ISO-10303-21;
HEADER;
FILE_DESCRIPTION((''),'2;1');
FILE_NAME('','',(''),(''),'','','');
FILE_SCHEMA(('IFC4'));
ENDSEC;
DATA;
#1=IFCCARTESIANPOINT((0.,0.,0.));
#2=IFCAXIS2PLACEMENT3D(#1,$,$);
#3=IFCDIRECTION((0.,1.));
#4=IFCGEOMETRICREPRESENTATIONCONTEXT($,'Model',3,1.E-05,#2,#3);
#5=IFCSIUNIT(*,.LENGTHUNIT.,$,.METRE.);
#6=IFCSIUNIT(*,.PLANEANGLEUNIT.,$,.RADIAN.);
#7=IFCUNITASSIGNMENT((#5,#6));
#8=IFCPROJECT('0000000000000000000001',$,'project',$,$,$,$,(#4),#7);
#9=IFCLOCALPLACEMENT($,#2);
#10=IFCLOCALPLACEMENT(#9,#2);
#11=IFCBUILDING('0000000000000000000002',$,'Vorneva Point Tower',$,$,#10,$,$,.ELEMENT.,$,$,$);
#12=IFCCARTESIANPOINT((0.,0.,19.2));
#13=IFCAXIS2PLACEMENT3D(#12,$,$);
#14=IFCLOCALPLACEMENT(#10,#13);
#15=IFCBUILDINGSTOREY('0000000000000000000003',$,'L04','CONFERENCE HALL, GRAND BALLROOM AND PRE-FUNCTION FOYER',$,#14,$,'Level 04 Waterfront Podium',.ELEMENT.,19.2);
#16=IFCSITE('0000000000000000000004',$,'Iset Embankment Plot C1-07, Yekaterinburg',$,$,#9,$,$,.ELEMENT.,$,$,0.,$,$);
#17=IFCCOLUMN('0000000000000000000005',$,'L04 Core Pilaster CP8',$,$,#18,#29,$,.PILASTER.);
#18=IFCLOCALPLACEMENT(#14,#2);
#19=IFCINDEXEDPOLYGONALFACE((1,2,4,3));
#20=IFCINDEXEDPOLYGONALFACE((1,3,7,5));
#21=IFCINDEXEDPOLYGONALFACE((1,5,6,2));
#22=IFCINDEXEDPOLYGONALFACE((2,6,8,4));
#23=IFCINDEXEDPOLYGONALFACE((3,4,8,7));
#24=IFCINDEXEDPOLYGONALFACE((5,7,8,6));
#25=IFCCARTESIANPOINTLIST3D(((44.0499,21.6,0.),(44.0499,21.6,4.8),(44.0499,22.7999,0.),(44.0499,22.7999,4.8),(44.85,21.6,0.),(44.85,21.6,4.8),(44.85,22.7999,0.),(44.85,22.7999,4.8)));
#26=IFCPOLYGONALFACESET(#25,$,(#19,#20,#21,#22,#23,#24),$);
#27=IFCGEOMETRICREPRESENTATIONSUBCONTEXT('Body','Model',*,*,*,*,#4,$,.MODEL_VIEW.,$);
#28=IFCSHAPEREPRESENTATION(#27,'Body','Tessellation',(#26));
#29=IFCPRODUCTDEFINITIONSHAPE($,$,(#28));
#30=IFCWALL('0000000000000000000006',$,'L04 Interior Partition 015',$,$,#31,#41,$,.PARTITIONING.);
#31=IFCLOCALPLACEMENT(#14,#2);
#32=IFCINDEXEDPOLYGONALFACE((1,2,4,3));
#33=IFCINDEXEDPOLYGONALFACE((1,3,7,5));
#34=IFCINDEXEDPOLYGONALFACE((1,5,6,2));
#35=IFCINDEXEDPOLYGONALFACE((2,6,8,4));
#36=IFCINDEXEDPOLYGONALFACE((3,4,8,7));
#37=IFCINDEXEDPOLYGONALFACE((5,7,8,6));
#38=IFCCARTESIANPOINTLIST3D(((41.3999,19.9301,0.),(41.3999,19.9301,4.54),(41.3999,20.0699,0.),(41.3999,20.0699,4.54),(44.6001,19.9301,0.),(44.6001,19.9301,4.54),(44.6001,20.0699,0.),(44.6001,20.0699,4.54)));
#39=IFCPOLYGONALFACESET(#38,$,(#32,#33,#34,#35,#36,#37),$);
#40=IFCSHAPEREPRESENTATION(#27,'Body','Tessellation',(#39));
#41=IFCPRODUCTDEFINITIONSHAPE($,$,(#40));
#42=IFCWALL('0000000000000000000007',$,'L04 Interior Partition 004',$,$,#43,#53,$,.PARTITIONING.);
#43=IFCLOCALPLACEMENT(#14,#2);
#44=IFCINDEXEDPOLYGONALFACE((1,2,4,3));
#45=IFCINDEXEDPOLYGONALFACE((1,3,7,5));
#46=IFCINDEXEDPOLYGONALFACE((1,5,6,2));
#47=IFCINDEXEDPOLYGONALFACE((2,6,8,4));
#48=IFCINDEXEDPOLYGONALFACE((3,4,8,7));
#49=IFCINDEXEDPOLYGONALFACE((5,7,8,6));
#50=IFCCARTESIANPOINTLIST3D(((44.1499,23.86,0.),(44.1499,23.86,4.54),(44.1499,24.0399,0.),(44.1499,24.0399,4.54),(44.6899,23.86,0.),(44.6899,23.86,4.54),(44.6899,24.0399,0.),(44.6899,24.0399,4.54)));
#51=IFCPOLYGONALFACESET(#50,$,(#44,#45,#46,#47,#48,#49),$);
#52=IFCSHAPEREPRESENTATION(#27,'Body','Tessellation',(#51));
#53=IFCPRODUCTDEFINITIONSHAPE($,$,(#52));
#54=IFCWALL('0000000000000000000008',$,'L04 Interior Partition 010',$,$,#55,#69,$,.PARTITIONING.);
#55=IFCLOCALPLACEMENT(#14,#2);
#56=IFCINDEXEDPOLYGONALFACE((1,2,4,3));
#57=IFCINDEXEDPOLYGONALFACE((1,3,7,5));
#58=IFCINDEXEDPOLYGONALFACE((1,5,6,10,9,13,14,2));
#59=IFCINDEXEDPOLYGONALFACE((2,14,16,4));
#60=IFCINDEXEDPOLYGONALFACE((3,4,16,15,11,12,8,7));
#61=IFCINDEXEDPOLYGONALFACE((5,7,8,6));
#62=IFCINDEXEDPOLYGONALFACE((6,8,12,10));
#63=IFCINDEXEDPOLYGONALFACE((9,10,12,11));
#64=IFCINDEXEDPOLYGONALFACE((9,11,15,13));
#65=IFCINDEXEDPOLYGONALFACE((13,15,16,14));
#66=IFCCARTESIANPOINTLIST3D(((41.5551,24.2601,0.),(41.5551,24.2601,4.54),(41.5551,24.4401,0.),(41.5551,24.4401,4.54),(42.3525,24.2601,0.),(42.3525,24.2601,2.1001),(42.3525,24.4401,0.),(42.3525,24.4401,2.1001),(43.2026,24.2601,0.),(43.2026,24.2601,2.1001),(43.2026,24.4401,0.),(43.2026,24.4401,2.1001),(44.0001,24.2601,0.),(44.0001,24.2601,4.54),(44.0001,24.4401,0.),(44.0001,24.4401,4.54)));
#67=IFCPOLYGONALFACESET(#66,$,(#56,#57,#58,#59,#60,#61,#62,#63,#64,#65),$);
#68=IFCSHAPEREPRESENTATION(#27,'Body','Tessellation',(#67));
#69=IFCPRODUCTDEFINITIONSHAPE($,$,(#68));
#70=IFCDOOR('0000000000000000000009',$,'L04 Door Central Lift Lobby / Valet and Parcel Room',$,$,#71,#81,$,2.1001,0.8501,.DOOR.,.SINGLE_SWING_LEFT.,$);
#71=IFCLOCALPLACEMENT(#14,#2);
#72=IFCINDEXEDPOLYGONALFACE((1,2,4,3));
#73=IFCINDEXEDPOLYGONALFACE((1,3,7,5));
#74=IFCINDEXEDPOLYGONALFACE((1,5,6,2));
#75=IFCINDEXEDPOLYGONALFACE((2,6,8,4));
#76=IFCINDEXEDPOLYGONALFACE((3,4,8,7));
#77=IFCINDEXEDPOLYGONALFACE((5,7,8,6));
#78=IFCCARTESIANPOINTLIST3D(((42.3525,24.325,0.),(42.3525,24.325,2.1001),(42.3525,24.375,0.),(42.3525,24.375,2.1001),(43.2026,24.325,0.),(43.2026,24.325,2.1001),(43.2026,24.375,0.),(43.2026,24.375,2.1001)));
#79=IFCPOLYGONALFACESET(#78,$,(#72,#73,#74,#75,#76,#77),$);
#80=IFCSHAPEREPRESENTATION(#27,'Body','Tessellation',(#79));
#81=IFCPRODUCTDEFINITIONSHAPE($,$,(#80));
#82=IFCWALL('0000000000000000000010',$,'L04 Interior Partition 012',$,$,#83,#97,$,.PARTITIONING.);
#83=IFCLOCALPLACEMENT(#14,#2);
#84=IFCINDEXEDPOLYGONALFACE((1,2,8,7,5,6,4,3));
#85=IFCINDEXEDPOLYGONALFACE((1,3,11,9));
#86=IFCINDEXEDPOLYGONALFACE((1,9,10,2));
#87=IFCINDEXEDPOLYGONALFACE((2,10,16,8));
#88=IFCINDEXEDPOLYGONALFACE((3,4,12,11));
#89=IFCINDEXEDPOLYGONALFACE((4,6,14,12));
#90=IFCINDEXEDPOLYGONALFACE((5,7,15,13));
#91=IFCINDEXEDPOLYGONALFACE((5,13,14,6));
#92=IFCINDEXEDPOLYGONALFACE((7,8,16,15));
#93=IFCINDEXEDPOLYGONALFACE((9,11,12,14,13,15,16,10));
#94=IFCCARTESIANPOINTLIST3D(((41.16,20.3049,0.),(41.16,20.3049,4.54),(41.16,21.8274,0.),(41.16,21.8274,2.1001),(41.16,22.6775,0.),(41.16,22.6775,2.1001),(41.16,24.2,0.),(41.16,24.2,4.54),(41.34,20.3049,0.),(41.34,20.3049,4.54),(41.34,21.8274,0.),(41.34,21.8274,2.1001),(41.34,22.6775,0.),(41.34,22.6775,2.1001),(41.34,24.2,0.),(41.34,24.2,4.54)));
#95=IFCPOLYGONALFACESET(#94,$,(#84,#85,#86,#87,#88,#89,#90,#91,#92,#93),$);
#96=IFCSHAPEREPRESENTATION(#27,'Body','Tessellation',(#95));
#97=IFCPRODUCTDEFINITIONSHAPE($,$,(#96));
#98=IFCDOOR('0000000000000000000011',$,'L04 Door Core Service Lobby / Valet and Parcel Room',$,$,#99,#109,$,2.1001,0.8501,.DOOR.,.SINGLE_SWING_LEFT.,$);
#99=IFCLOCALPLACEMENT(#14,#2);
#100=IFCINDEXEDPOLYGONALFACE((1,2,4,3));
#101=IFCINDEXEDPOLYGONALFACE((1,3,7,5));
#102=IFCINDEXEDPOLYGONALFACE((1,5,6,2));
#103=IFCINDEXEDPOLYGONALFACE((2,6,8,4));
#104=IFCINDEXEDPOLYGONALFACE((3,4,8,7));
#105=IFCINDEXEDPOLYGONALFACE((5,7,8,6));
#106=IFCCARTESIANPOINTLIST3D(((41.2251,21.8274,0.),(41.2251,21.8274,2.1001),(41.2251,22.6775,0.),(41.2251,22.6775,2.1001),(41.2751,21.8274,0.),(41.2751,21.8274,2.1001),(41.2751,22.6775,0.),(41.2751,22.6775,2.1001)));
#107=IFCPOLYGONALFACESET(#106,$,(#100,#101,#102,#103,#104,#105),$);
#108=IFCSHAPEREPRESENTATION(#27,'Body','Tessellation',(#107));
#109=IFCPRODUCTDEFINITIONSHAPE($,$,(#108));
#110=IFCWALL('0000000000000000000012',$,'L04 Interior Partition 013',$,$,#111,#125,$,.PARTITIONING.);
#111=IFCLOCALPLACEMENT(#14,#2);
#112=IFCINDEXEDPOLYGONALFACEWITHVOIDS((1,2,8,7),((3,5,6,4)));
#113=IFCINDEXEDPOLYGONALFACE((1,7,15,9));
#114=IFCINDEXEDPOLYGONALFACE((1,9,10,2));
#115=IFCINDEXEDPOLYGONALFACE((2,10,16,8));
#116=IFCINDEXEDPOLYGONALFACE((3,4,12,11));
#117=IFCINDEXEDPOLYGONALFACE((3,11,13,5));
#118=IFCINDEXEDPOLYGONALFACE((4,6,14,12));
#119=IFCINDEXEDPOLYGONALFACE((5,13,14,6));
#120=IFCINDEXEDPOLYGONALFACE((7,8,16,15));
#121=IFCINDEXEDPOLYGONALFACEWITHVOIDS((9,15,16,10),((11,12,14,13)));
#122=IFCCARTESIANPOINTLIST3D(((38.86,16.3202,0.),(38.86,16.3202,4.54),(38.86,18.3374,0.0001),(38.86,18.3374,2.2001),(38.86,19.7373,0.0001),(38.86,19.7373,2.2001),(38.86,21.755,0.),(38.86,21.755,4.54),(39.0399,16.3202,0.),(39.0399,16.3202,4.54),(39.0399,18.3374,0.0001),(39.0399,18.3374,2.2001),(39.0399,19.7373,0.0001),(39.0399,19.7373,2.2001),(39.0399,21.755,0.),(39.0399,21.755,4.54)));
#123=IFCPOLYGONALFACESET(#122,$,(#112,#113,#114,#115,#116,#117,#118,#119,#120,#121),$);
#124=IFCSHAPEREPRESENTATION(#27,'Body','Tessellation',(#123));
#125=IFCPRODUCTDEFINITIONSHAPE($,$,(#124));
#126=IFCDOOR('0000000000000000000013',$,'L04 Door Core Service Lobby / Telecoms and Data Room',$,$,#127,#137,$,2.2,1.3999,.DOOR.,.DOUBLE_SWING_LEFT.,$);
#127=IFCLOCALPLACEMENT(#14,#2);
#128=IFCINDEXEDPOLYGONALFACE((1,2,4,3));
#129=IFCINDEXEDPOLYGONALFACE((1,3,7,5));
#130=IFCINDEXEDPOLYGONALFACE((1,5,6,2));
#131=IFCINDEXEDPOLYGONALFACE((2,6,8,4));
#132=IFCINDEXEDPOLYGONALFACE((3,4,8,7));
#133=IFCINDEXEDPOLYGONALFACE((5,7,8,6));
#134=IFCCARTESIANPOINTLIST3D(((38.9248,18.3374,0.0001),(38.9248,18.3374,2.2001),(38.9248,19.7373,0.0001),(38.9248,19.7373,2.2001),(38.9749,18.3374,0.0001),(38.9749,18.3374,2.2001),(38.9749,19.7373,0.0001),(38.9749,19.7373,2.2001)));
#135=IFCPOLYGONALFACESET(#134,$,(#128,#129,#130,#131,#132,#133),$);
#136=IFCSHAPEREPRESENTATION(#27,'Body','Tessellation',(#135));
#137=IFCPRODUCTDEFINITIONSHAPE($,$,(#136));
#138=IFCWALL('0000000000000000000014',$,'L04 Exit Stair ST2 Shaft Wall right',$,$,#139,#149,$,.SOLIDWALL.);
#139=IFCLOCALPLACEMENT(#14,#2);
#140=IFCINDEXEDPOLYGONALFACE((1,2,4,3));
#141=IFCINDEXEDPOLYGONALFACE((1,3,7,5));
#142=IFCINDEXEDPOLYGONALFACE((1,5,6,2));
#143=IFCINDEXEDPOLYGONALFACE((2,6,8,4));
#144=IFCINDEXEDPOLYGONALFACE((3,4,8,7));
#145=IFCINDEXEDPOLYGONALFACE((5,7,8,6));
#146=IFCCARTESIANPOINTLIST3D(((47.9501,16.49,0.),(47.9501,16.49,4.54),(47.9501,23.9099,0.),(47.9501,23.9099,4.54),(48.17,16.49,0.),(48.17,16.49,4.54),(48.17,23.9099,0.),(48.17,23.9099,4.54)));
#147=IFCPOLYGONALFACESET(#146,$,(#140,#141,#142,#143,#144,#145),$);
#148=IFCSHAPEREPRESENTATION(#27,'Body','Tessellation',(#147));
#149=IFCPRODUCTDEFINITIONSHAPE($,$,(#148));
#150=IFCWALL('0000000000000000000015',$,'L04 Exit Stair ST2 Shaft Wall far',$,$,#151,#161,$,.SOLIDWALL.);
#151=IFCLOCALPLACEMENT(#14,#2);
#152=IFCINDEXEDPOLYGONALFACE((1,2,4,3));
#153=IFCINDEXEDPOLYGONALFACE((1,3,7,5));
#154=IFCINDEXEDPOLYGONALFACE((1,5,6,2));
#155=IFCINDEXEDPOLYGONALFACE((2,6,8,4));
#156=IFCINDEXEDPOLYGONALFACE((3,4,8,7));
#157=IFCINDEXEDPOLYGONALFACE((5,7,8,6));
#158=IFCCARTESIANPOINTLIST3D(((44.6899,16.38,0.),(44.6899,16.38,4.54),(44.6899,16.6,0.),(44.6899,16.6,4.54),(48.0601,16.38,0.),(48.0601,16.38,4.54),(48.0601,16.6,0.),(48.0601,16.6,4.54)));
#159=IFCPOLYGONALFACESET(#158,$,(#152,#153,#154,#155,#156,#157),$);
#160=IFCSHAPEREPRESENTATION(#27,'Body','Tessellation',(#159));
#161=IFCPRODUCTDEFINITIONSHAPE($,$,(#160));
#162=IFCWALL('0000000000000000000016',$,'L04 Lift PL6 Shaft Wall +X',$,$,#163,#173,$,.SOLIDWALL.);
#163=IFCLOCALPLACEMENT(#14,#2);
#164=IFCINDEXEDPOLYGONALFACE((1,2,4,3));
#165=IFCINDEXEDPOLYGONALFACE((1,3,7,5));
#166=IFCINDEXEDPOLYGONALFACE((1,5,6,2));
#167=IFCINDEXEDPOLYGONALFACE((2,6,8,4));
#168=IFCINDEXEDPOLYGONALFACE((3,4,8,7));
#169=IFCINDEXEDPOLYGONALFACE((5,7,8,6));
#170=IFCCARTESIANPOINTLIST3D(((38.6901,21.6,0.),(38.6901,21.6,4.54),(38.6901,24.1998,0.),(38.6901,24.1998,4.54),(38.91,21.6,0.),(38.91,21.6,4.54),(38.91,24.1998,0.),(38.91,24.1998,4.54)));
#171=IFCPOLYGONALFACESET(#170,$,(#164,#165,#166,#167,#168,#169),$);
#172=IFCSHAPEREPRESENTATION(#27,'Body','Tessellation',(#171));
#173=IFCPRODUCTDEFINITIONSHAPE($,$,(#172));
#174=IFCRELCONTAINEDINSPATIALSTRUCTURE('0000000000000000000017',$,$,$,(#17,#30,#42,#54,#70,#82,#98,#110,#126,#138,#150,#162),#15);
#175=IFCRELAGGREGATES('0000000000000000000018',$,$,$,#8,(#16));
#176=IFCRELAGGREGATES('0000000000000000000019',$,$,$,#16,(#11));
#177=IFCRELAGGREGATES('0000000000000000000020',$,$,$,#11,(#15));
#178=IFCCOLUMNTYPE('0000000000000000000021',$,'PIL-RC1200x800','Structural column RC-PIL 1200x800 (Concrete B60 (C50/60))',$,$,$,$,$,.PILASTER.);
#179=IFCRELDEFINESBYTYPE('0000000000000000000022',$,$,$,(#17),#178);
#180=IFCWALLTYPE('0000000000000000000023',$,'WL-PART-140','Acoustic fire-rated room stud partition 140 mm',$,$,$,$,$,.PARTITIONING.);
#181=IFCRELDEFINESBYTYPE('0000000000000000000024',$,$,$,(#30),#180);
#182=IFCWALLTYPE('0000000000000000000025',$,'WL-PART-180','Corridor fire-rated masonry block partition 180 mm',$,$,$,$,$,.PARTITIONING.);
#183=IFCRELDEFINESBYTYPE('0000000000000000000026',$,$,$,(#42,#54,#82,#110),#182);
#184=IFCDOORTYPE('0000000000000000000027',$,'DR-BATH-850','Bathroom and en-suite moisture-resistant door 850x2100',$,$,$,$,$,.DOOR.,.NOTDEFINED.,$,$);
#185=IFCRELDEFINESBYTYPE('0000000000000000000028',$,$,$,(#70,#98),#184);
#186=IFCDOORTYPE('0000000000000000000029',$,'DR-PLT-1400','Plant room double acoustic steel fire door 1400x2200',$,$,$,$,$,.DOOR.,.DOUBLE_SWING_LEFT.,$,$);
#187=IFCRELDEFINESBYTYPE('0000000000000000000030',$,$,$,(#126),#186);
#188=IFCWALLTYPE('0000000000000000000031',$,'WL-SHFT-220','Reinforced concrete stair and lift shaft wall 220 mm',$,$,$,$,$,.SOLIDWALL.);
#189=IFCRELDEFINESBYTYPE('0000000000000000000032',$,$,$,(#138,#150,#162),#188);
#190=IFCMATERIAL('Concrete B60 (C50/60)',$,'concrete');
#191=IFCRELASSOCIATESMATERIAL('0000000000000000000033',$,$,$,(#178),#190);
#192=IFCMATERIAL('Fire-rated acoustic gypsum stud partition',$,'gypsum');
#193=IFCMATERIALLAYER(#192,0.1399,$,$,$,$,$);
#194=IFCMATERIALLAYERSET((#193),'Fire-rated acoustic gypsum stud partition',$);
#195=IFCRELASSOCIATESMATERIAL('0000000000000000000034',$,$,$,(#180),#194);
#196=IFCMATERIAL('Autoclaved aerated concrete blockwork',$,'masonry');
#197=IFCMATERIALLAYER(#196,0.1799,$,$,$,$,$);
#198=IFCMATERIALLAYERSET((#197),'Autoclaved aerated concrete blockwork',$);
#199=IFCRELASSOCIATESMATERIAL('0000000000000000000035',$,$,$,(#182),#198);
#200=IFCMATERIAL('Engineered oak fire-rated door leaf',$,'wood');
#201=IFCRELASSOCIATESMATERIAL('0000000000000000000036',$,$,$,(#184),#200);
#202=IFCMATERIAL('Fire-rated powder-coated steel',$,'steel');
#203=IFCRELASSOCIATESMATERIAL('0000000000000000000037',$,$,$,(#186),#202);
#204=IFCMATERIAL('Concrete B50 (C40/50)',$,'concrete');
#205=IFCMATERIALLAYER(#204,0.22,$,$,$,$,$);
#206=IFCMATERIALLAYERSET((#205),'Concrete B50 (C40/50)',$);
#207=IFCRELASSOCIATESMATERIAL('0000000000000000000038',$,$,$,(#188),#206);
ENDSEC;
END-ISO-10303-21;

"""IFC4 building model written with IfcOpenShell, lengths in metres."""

from ifc_helpers import new_model, si_unit, direction, frame, frame_2d, origin, origin_2d, place, context, subcontext, project, spatial, rectangle, extrude, material, layer, layer_set, material_profile, profile_set, type_object, element, fill, save


model = new_model("IFC4")

# Units and contexts
model_context = context("Model", 3, precision=1e-05, world=origin(), true_north=direction((0.0, 1.0)))
body_context = subcontext(model_context, "Body", "Model", "MODEL_VIEW")
ifc_project = project(units=[si_unit("LENGTHUNIT", "METRE"), si_unit("PLANEANGLEUNIT", "RADIAN")], contexts=[model_context])

# Site, building, storey
site_placement = place(None, origin())
site = spatial("IfcSite", under=ifc_project, at=site_placement, Name="Iset Embankment Plot C1-07, Yekaterinburg", CompositionType="ELEMENT", RefElevation=0.0)
building_placement = place(site_placement, origin())
building = spatial("IfcBuilding", under=site, at=building_placement, Name="Vorneva Point Tower", CompositionType="ELEMENT")
storey_placement = place(building_placement, frame((0.0, 0.0, 19.2)))
storey = spatial("IfcBuildingStorey", under=building, at=storey_placement, Name="L04", Description="CONFERENCE HALL, GRAND BALLROOM AND PRE-FUNCTION FOYER", LongName="Level 04 Waterfront Podium", CompositionType="ELEMENT", Elevation=19.2)

# Column
ifc_material_1 = material(Name="Concrete B60 (C50/60)", Category="concrete")
ifc_material_profile = material_profile(ifc_material_1, rectangle(XDim=0.8, YDim=1.2, at=origin_2d()), Name="RC-PIL 1200x800")
ifc_profile_set = profile_set([ifc_material_profile], Name="Concrete B60 (C50/60)")
column_type = type_object("IfcColumnType", Name="PIL-RC1200x800", Description="Structural column RC-PIL 1200x800 (Concrete B60 (C50/60))", PredefinedType="PILASTER", material=ifc_profile_set)
column_placement = place(storey_placement, frame((44.45, 22.2, 0.0), z_axis=(0.0, 0.0, 1.0), x_axis=(1.0, 0.0, 0.0)))
element("IfcColumn", 1, at=column_placement, inside=storey, type_object=column_type, Name="L04 Core Pilaster CP8", PredefinedType="PILASTER", context=body_context, shape_type="SweptSolid", body=[
    extrude(rectangle(XDim=0.8, YDim=1.2, at=origin_2d()), origin(), (0.0, 0.0, 1.0), 4.8),
])

# Walls
ifc_material_2 = material(Name="Fire-rated acoustic gypsum stud partition", Category="gypsum")
ifc_layer_1 = layer(ifc_material_2, 0.1399)
ifc_layer_set_1 = layer_set([ifc_layer_1], Name="Fire-rated acoustic gypsum stud partition")
wall_type_1 = type_object("IfcWallType", Name="WL-PART-140", Description="Acoustic fire-rated room stud partition 140 mm", PredefinedType="PARTITIONING", material=ifc_layer_set_1)
wall_1_placement = place(storey_placement, frame((44.6001, 20.0, 0.0), z_axis=(0.0, 0.0, 1.0), x_axis=(-1.0, 0.0, 0.0)))
element("IfcWall", 2, at=wall_1_placement, inside=storey, type_object=wall_type_1, Name="L04 Interior Partition 015", PredefinedType="PARTITIONING", context=body_context, shape_type="SweptSolid", body=[
    extrude(rectangle(XDim=3.2002, YDim=0.1399, at=frame_2d((1.6001, 0.0))), origin(), (0.0, 0.0, 1.0), 4.54),
])
ifc_material_3 = material(Name="Autoclaved aerated concrete blockwork", Category="masonry")
ifc_layer_2 = layer(ifc_material_3, 0.1799)
ifc_layer_set_2 = layer_set([ifc_layer_2], Name="Autoclaved aerated concrete blockwork")
wall_type_2 = type_object("IfcWallType", Name="WL-PART-180", Description="Corridor fire-rated masonry block partition 180 mm", PredefinedType="PARTITIONING", material=ifc_layer_set_2)
wall_2_placement = place(storey_placement, frame((44.1499, 23.95, 0.0), z_axis=(0.0, 0.0, 1.0), x_axis=(1.0, 0.0, 0.0)))
element("IfcWall", 3, at=wall_2_placement, inside=storey, type_object=wall_type_2, Name="L04 Interior Partition 004", PredefinedType="PARTITIONING", context=body_context, shape_type="SweptSolid", body=[
    extrude(rectangle(XDim=0.54, YDim=0.1799, at=frame_2d((0.27, 0.0))), origin(), (0.0, 0.0, 1.0), 4.54),
])

# Walls, openings, doors
ifc_material_4 = material(Name="Fire-rated powder-coated steel", Category="steel")
wall_3_placement = place(storey_placement, frame((41.5549, 24.3501, 0.0), z_axis=(0.0, 0.0, 1.0), x_axis=(1.0, 0.0, 0.0)))
wall_3 = element("IfcWall", 4, at=wall_3_placement, inside=storey, type_object=wall_type_2, Name="L04 Interior Partition 010", PredefinedType="PARTITIONING", context=body_context, shape_type="SweptSolid", body=[
    extrude(rectangle(XDim=2.4451, YDim=0.1799, at=frame_2d((1.2227, 0.0))), origin(), (0.0, 0.0, 1.0), 4.54),
])
opening_1_placement = place(wall_3_placement, frame((0.7976, 0.0, 0.0)))
opening_1 = element("IfcOpeningElement", 5, at=opening_1_placement, cuts=wall_3, PredefinedType="OPENING", context=body_context, shape_type="SweptSolid", body=[
    extrude(rectangle(XDim=0.8501, YDim=2.1001, at=frame_2d((0.425, 1.05))), frame((0.0, 0.105, 0.0), z_axis=(0.0, -1.0, 0.0), x_axis=(1.0, 0.0, 0.0)), (0.0, 0.0, 1.0), 0.2097),
])
ifc_material_5 = material(Name="Engineered oak fire-rated door leaf", Category="wood")
door_type_1 = type_object("IfcDoorType", Name="DR-BATH-850", Description="Bathroom and en-suite moisture-resistant door 850x2100", OperationType="NOTDEFINED", PredefinedType="DOOR", material=ifc_material_5)
door_1_placement = place(opening_1_placement, origin())
door_1 = element("IfcDoor", 6, at=door_1_placement, inside=storey, type_object=door_type_1, Name="L04 Door Central Lift Lobby / Valet and Parcel Room", OperationType="SINGLE_SWING_LEFT", OverallHeight=2.1001, OverallWidth=0.8501, PredefinedType="DOOR", context=body_context, shape_type="SweptSolid", body=[
    extrude(rectangle(XDim=0.8501, YDim=2.1001, at=frame_2d((0.425, 1.05))), frame((0.0, 0.0249, 0.0), z_axis=(0.0, -1.0, 0.0), x_axis=(1.0, 0.0, 0.0)), (0.0, 0.0, 1.0), 0.05),
])
fill(opening_1, door_1)
wall_4_placement = place(storey_placement, frame((41.25, 20.3049, 0.0), z_axis=(0.0, 0.0, 1.0), x_axis=(0.0, 1.0, 0.0)))
wall_4 = element("IfcWall", 7, at=wall_4_placement, inside=storey, type_object=wall_type_2, Name="L04 Interior Partition 012", PredefinedType="PARTITIONING", context=body_context, shape_type="SweptSolid", body=[
    extrude(rectangle(XDim=3.895, YDim=0.1799, at=frame_2d((1.9475, 0.0))), origin(), (0.0, 0.0, 1.0), 4.54),
])
opening_2_placement = place(wall_4_placement, frame((1.5225, 0.0, 0.0)))
opening_2 = element("IfcOpeningElement", 8, at=opening_2_placement, cuts=wall_4, PredefinedType="OPENING", context=body_context, shape_type="SweptSolid", body=[
    extrude(rectangle(XDim=0.8501, YDim=2.1001, at=frame_2d((0.425, 1.05))), frame((0.0, 0.105, 0.0), z_axis=(0.0, -1.0, 0.0), x_axis=(1.0, 0.0, 0.0)), (0.0, 0.0, 1.0), 0.2097),
])
door_2_placement = place(opening_2_placement, origin())
door_2 = element("IfcDoor", 9, at=door_2_placement, inside=storey, type_object=door_type_1, Name="L04 Door Core Service Lobby / Valet and Parcel Room", OperationType="SINGLE_SWING_LEFT", OverallHeight=2.1001, OverallWidth=0.8501, PredefinedType="DOOR", context=body_context, shape_type="SweptSolid", body=[
    extrude(rectangle(XDim=0.8501, YDim=2.1001, at=frame_2d((0.425, 1.05))), frame((0.0, 0.0249, 0.0), z_axis=(0.0, -1.0, 0.0), x_axis=(1.0, 0.0, 0.0)), (0.0, 0.0, 1.0), 0.05),
])
fill(opening_2, door_2)
wall_5_placement = place(storey_placement, frame((38.95, 21.7549, 0.0), z_axis=(0.0, 0.0, 1.0), x_axis=(0.0, -1.0, 0.0)))
wall_5 = element("IfcWall", 10, at=wall_5_placement, inside=storey, type_object=wall_type_2, Name="L04 Interior Partition 013", PredefinedType="PARTITIONING", context=body_context, shape_type="SweptSolid", body=[
    extrude(rectangle(XDim=5.4348, YDim=0.1799, at=frame_2d((2.7173, 0.0))), origin(), (0.0, 0.0, 1.0), 4.54),
])
opening_3_placement = place(wall_5_placement, frame((2.0176, 0.0, 0.0)))
opening_3 = element("IfcOpeningElement", 11, at=opening_3_placement, cuts=wall_5, PredefinedType="OPENING", context=body_context, shape_type="SweptSolid", body=[
    extrude(rectangle(XDim=1.3999, YDim=2.2, at=frame_2d((0.7, 1.1001))), frame((0.0, 0.105, 0.0), z_axis=(0.0, -1.0, 0.0), x_axis=(1.0, 0.0, 0.0)), (0.0, 0.0, 1.0), 0.2097),
])
door_type_2 = type_object("IfcDoorType", Name="DR-PLT-1400", Description="Plant room double acoustic steel fire door 1400x2200", OperationType="DOUBLE_SWING_LEFT", PredefinedType="DOOR", material=ifc_material_4)
door_3_placement = place(opening_3_placement, origin())
door_3 = element("IfcDoor", 12, at=door_3_placement, inside=storey, type_object=door_type_2, Name="L04 Door Core Service Lobby / Telecoms and Data Room", OperationType="DOUBLE_SWING_LEFT", OverallHeight=2.2, OverallWidth=1.3999, PredefinedType="DOOR", context=body_context, shape_type="SweptSolid", body=[
    extrude(rectangle(XDim=1.3999, YDim=2.2, at=frame_2d((0.7, 1.1001))), frame((0.0, 0.0249, 0.0), z_axis=(0.0, -1.0, 0.0), x_axis=(1.0, 0.0, 0.0)), (0.0, 0.0, 1.0), 0.05),
])
fill(opening_3, door_3)
ifc_material_6 = material(Name="Concrete B50 (C40/50)", Category="concrete")
ifc_layer_3 = layer(ifc_material_6, 0.22)
ifc_layer_set_3 = layer_set([ifc_layer_3], Name="Concrete B50 (C40/50)")
wall_type_3 = type_object("IfcWallType", Name="WL-SHFT-220", Description="Reinforced concrete stair and lift shaft wall 220 mm", PredefinedType="SOLIDWALL", material=ifc_layer_set_3)

# Walls
wall_6_placement = place(storey_placement, frame((48.0601, 23.9099, 0.0), z_axis=(0.0, 0.0, 1.0), x_axis=(0.0, -1.0, 0.0)))
element("IfcWall", 13, at=wall_6_placement, inside=storey, type_object=wall_type_3, Name="L04 Exit Stair ST2 Shaft Wall right", PredefinedType="SOLIDWALL", context=body_context, shape_type="SweptSolid", body=[
    extrude(rectangle(XDim=7.4199, YDim=0.22, at=frame_2d((3.71, 0.0))), origin(), (0.0, 0.0, 1.0), 4.54),
])
wall_7_placement = place(storey_placement, frame((48.0601, 16.49, 0.0), z_axis=(0.0, 0.0, 1.0), x_axis=(-1.0, 0.0, 0.0)))
element("IfcWall", 14, at=wall_7_placement, inside=storey, type_object=wall_type_3, Name="L04 Exit Stair ST2 Shaft Wall far", PredefinedType="SOLIDWALL", context=body_context, shape_type="SweptSolid", body=[
    extrude(rectangle(XDim=3.3701, YDim=0.22, at=frame_2d((1.6851, 0.0))), origin(), (0.0, 0.0, 1.0), 4.54),
])
wall_8_placement = place(storey_placement, frame((38.8, 21.6001, 0.0), z_axis=(0.0, 0.0, 1.0), x_axis=(0.0, 1.0, 0.0)))
element("IfcWall", 15, at=wall_8_placement, inside=storey, type_object=wall_type_3, Name="L04 Lift PL6 Shaft Wall +X", PredefinedType="SOLIDWALL", context=body_context, shape_type="SweptSolid", body=[
    extrude(rectangle(XDim=2.5999, YDim=0.22, at=frame_2d((1.2998, 0.0))), origin(), (0.0, 0.0, 1.0), 4.54),
])

save(model, "model.ifc")
